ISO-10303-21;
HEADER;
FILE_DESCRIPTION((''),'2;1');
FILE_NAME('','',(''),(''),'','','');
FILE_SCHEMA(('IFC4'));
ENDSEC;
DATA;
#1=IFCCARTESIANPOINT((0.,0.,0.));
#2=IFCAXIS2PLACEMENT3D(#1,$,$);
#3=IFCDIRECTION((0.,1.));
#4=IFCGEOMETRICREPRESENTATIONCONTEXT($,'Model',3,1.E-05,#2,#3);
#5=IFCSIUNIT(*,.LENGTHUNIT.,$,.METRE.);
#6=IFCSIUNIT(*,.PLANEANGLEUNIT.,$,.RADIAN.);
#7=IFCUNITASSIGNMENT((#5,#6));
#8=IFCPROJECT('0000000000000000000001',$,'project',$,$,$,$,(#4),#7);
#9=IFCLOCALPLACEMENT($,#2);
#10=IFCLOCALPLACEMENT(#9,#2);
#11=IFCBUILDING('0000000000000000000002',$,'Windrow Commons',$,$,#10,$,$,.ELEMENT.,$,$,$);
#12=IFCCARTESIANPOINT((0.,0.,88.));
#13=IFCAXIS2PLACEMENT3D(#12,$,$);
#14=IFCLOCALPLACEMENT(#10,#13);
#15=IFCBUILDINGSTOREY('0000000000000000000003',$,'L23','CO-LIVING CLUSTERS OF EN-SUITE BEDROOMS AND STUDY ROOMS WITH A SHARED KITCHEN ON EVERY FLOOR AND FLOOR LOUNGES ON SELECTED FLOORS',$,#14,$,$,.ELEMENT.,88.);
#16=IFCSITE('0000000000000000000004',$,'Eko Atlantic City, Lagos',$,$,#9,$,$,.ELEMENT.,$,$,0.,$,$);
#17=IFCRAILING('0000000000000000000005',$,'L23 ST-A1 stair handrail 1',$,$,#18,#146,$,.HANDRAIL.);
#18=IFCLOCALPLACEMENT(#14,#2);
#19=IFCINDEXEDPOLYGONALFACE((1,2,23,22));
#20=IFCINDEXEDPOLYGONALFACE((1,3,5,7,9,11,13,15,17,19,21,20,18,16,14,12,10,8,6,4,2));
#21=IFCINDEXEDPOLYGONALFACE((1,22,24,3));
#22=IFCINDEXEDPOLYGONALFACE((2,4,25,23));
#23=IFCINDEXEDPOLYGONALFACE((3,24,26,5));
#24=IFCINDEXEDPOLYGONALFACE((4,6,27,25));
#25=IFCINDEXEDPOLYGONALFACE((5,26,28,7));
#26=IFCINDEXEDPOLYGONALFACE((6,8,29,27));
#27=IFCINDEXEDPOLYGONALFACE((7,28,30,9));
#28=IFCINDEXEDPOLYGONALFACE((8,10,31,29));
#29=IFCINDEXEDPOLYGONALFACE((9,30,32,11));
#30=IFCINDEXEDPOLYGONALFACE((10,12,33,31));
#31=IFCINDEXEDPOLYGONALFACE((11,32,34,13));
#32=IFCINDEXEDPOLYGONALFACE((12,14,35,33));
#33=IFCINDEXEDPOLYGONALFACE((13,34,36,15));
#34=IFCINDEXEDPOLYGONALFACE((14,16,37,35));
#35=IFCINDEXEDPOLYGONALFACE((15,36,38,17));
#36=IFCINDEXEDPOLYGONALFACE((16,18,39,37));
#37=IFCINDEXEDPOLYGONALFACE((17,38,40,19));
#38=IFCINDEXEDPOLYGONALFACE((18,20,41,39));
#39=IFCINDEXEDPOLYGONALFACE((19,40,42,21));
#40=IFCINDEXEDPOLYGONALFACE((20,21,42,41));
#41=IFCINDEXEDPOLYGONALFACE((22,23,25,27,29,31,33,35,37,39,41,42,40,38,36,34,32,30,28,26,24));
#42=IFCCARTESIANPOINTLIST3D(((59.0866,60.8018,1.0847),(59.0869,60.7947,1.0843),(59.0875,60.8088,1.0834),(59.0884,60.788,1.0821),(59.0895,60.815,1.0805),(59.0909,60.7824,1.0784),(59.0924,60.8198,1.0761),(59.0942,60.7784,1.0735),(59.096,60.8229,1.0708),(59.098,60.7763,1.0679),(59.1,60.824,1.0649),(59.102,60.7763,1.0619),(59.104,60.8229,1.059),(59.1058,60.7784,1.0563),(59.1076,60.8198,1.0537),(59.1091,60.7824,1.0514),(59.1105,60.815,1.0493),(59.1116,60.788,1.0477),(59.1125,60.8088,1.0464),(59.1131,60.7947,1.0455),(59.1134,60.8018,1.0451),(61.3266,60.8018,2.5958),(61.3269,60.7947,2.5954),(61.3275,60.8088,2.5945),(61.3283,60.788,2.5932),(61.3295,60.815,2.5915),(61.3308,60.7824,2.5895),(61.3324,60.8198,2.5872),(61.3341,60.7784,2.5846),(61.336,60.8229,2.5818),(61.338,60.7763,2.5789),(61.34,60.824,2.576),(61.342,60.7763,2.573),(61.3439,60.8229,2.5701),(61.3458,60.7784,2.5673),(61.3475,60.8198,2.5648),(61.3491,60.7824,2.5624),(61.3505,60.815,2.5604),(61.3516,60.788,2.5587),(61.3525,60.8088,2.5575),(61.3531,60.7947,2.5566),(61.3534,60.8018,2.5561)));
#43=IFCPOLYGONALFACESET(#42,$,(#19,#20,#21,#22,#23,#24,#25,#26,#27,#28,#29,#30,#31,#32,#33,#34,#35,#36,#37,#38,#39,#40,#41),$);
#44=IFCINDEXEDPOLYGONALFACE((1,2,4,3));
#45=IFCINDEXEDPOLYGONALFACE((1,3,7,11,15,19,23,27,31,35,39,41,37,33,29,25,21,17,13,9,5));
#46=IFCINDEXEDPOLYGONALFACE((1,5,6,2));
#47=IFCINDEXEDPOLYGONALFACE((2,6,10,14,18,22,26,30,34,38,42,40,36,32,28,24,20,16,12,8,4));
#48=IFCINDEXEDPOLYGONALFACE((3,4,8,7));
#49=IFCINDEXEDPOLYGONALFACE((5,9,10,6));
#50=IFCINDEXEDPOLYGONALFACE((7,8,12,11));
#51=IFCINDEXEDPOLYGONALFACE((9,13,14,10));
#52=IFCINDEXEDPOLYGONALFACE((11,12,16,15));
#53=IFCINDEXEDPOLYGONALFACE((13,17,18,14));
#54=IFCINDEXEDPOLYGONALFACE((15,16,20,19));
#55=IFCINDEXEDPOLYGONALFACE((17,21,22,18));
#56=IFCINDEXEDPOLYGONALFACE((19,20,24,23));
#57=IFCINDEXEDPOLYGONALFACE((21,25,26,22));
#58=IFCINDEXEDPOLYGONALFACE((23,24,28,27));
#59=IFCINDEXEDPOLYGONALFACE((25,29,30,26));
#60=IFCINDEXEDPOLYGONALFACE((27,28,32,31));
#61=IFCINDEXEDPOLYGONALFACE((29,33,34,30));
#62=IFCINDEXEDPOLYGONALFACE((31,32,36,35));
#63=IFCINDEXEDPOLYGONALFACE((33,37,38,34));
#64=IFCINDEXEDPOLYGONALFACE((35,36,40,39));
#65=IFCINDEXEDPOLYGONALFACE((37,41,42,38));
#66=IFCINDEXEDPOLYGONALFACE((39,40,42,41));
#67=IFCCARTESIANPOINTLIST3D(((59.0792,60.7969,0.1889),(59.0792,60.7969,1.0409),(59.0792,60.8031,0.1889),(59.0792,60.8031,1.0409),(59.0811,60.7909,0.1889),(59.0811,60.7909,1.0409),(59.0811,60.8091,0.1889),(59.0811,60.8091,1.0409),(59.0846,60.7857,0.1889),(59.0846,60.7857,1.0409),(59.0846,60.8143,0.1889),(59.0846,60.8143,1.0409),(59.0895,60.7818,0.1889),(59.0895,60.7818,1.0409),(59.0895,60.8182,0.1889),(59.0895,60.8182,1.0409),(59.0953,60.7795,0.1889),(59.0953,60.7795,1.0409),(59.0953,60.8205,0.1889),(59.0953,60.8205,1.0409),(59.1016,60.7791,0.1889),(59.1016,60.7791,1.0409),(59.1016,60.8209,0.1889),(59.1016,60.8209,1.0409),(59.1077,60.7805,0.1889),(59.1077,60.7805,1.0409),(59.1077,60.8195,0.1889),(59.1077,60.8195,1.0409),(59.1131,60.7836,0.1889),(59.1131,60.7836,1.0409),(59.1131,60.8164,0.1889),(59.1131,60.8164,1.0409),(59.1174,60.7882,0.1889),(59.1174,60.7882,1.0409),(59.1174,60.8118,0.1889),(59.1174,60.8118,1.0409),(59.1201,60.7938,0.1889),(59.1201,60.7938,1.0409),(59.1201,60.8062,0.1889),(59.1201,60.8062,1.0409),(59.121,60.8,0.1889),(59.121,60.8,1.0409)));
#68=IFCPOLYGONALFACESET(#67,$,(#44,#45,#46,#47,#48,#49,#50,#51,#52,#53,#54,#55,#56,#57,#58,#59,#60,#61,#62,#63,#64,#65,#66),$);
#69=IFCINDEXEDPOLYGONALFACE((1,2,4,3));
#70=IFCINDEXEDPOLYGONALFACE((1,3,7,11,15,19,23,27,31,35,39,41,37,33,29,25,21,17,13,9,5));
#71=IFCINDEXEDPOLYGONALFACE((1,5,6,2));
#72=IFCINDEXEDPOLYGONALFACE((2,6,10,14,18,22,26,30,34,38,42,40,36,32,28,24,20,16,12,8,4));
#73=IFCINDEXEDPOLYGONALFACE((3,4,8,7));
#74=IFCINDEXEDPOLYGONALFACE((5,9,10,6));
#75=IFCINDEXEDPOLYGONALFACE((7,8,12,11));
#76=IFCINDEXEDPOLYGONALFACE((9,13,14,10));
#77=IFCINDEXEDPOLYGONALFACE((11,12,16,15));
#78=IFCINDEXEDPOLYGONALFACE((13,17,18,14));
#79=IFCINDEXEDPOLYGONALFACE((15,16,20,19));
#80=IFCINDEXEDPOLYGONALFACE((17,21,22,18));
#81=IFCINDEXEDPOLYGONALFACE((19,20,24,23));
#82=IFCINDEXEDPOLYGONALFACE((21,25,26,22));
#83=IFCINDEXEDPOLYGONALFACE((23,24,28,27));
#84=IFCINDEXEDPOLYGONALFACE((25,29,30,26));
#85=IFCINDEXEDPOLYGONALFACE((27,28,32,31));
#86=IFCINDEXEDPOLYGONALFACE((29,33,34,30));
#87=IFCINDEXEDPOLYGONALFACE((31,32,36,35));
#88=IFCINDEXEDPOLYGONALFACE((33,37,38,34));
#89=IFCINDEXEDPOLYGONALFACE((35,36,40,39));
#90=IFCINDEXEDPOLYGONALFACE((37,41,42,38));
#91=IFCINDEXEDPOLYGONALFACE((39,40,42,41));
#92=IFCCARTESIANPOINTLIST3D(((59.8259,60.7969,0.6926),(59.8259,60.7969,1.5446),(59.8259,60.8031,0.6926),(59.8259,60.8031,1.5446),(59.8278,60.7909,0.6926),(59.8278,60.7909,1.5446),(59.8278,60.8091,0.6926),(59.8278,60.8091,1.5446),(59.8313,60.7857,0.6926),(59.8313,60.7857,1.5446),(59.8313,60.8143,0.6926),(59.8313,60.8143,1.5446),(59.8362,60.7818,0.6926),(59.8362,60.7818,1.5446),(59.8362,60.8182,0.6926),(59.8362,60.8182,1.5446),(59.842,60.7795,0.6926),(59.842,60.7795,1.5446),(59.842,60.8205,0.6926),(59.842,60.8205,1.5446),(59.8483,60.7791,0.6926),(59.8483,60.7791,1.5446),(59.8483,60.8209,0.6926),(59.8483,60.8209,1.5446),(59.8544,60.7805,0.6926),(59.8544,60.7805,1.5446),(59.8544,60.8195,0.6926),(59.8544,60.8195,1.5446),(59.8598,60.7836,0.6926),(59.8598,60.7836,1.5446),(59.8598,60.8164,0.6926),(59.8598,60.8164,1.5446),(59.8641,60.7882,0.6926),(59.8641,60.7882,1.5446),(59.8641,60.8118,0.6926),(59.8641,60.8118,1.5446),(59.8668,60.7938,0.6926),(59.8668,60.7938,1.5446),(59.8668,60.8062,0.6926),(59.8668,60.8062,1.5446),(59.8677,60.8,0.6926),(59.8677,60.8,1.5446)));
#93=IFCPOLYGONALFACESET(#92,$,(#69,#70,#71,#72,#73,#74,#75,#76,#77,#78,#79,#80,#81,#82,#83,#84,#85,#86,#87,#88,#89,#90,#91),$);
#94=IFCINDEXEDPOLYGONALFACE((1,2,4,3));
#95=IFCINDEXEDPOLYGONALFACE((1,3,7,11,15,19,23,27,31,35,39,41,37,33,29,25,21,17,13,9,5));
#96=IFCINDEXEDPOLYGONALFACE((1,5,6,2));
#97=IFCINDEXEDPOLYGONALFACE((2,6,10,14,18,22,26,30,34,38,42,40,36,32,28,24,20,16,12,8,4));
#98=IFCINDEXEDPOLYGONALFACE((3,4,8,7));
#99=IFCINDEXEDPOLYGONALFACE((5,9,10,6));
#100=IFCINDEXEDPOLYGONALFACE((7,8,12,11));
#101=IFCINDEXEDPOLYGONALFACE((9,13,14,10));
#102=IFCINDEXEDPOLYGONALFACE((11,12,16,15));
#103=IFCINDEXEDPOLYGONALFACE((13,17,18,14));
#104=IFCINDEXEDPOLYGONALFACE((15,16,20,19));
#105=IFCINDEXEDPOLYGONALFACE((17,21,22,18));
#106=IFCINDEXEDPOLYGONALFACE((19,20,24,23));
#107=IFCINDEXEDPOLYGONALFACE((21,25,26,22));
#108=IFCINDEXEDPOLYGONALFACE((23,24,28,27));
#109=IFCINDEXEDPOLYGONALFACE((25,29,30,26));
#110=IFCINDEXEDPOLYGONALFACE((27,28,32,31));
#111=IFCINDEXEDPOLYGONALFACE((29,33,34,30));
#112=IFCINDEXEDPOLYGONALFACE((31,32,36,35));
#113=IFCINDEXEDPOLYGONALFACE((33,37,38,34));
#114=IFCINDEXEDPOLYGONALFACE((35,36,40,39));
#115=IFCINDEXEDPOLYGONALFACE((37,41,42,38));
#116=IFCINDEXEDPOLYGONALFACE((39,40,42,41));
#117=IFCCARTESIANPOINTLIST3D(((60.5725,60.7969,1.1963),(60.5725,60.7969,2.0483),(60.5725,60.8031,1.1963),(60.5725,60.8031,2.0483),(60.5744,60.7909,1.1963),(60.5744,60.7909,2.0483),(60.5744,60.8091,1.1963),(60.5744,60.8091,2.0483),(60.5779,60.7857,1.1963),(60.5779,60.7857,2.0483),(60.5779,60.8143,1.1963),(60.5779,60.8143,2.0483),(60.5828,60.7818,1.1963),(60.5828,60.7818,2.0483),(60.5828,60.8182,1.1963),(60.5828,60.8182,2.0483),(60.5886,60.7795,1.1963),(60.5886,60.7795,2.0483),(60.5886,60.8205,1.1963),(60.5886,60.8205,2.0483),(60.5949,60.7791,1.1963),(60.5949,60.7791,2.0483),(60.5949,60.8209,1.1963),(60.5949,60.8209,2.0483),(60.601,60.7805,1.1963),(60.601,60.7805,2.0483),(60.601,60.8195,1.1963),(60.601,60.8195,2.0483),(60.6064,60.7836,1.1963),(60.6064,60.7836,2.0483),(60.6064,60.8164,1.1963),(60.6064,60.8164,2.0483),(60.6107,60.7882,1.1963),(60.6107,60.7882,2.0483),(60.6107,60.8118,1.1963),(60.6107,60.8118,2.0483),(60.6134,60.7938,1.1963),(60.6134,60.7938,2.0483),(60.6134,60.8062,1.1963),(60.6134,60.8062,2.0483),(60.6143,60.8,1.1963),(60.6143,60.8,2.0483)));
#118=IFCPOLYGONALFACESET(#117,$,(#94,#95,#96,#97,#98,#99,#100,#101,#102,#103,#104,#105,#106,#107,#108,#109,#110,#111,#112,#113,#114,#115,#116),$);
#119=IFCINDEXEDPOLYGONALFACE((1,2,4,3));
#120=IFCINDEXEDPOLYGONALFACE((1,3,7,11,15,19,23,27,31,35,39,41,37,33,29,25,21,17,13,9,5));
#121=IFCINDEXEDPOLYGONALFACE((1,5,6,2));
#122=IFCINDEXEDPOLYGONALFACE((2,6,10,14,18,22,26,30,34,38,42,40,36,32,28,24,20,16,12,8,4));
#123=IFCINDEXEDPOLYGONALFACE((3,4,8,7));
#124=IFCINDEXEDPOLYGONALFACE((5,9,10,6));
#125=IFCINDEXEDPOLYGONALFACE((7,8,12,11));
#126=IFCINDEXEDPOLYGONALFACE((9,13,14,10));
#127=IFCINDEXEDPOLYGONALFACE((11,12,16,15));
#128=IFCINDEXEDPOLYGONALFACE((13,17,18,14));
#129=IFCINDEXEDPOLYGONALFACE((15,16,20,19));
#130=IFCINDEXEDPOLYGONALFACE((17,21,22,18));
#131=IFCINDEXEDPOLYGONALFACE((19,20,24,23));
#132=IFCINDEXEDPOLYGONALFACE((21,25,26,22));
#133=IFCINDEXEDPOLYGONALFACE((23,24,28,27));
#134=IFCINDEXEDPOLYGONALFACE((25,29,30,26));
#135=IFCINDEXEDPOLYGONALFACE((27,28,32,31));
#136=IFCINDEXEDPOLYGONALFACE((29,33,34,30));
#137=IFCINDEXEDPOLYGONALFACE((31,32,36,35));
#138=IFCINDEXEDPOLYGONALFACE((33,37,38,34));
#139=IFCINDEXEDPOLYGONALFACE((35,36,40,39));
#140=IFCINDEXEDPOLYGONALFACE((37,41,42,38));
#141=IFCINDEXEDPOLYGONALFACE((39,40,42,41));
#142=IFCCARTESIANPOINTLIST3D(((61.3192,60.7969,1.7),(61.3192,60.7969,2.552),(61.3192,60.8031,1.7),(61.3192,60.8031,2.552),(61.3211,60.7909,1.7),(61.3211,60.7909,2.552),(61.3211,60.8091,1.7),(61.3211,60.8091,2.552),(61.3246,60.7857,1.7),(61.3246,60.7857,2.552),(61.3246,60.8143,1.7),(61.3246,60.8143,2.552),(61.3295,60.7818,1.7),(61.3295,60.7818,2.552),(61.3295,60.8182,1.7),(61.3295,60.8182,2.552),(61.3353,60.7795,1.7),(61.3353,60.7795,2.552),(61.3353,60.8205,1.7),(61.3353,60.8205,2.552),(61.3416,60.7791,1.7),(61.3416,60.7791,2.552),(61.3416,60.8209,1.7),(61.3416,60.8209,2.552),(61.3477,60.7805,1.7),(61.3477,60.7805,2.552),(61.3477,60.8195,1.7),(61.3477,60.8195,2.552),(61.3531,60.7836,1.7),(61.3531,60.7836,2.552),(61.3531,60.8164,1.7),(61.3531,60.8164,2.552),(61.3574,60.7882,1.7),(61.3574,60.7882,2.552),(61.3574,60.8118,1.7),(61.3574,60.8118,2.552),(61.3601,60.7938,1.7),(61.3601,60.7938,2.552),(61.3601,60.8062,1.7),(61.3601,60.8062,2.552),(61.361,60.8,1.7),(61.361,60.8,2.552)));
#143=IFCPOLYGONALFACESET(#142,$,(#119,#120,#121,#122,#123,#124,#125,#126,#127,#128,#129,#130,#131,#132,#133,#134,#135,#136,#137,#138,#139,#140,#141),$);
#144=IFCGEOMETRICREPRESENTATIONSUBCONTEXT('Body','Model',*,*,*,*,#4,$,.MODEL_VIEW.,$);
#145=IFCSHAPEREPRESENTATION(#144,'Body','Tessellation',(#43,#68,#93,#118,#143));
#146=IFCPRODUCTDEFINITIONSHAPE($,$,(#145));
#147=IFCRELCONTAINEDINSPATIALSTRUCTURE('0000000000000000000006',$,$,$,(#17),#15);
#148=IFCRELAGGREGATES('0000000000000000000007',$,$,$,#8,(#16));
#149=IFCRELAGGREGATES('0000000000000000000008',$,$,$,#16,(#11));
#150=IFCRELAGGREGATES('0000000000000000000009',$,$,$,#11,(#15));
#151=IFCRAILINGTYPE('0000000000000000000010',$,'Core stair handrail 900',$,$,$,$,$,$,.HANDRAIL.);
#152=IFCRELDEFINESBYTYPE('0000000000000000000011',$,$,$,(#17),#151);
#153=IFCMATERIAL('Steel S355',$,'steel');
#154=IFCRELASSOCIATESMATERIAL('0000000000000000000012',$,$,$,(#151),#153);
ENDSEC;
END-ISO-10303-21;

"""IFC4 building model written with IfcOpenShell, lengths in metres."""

from ifc_helpers import new_model, si_unit, direction, frame, origin, origin_2d, place, context, subcontext, project, spatial, circle, extrude, material, type_object, element, save


model = new_model("IFC4")

# Units and contexts
model_context = context("Model", 3, precision=1e-05, world=origin(), true_north=direction((0.0, 1.0)))
body_context = subcontext(model_context, "Body", "Model", "MODEL_VIEW")
ifc_project = project(units=[si_unit("LENGTHUNIT", "METRE"), si_unit("PLANEANGLEUNIT", "RADIAN")], contexts=[model_context])

# Site, building, storey
site_placement = place(None, origin())
site = spatial("IfcSite", under=ifc_project, at=site_placement, Name="Eko Atlantic City, Lagos", CompositionType="ELEMENT", RefElevation=0.0)
building_placement = place(site_placement, origin())
building = spatial("IfcBuilding", under=site, at=building_placement, Name="Windrow Commons", CompositionType="ELEMENT")
storey_placement = place(building_placement, frame((0.0, 0.0, 88.0)))
storey = spatial("IfcBuildingStorey", under=building, at=storey_placement, Name="L23", Description="CO-LIVING CLUSTERS OF EN-SUITE BEDROOMS AND STUDY ROOMS WITH A SHARED KITCHEN ON EVERY FLOOR AND FLOOR LOUNGES ON SELECTED FLOORS", CompositionType="ELEMENT", Elevation=88.0)

# Railing
ifc_material_1 = material(Name="Steel S355", Category="steel")
railing_type_1 = type_object("IfcRailingType", Name="Core stair handrail 900", PredefinedType="HANDRAIL", material=ifc_material_1)
railing_1_placement = place(storey_placement, frame((59.1, 60.8, 0.1889)))
element("IfcRailing", 1, at=railing_1_placement, inside=storey, type_object=railing_type_1, Name="L23 ST-A1 stair handrail 1", PredefinedType="HANDRAIL", context=body_context, shape_type="SweptSolid", body=[
    extrude(circle(Radius=0.024, at=origin_2d()), frame((0.0, 0.0, 0.876), z_axis=(0.829003, 0.0, 0.559244), x_axis=(0.0, 1.0, 0.0)), (0.0, 0.0, 1.0), 2.702),
    extrude(circle(Radius=0.021, at=origin_2d()), origin(), (0.0, 0.0, 1.0), 0.852),
    extrude(circle(Radius=0.021, at=origin_2d()), frame((0.7467, 0.0, 0.5037)), (0.0, 0.0, 1.0), 0.852),
    extrude(circle(Radius=0.021, at=origin_2d()), frame((1.4933, 0.0, 1.0074)), (0.0, 0.0, 1.0), 0.852),
    extrude(circle(Radius=0.021, at=origin_2d()), frame((2.24, 0.0, 1.5111)), (0.0, 0.0, 1.0), 0.852),
])

save(model, "model.ifc")
